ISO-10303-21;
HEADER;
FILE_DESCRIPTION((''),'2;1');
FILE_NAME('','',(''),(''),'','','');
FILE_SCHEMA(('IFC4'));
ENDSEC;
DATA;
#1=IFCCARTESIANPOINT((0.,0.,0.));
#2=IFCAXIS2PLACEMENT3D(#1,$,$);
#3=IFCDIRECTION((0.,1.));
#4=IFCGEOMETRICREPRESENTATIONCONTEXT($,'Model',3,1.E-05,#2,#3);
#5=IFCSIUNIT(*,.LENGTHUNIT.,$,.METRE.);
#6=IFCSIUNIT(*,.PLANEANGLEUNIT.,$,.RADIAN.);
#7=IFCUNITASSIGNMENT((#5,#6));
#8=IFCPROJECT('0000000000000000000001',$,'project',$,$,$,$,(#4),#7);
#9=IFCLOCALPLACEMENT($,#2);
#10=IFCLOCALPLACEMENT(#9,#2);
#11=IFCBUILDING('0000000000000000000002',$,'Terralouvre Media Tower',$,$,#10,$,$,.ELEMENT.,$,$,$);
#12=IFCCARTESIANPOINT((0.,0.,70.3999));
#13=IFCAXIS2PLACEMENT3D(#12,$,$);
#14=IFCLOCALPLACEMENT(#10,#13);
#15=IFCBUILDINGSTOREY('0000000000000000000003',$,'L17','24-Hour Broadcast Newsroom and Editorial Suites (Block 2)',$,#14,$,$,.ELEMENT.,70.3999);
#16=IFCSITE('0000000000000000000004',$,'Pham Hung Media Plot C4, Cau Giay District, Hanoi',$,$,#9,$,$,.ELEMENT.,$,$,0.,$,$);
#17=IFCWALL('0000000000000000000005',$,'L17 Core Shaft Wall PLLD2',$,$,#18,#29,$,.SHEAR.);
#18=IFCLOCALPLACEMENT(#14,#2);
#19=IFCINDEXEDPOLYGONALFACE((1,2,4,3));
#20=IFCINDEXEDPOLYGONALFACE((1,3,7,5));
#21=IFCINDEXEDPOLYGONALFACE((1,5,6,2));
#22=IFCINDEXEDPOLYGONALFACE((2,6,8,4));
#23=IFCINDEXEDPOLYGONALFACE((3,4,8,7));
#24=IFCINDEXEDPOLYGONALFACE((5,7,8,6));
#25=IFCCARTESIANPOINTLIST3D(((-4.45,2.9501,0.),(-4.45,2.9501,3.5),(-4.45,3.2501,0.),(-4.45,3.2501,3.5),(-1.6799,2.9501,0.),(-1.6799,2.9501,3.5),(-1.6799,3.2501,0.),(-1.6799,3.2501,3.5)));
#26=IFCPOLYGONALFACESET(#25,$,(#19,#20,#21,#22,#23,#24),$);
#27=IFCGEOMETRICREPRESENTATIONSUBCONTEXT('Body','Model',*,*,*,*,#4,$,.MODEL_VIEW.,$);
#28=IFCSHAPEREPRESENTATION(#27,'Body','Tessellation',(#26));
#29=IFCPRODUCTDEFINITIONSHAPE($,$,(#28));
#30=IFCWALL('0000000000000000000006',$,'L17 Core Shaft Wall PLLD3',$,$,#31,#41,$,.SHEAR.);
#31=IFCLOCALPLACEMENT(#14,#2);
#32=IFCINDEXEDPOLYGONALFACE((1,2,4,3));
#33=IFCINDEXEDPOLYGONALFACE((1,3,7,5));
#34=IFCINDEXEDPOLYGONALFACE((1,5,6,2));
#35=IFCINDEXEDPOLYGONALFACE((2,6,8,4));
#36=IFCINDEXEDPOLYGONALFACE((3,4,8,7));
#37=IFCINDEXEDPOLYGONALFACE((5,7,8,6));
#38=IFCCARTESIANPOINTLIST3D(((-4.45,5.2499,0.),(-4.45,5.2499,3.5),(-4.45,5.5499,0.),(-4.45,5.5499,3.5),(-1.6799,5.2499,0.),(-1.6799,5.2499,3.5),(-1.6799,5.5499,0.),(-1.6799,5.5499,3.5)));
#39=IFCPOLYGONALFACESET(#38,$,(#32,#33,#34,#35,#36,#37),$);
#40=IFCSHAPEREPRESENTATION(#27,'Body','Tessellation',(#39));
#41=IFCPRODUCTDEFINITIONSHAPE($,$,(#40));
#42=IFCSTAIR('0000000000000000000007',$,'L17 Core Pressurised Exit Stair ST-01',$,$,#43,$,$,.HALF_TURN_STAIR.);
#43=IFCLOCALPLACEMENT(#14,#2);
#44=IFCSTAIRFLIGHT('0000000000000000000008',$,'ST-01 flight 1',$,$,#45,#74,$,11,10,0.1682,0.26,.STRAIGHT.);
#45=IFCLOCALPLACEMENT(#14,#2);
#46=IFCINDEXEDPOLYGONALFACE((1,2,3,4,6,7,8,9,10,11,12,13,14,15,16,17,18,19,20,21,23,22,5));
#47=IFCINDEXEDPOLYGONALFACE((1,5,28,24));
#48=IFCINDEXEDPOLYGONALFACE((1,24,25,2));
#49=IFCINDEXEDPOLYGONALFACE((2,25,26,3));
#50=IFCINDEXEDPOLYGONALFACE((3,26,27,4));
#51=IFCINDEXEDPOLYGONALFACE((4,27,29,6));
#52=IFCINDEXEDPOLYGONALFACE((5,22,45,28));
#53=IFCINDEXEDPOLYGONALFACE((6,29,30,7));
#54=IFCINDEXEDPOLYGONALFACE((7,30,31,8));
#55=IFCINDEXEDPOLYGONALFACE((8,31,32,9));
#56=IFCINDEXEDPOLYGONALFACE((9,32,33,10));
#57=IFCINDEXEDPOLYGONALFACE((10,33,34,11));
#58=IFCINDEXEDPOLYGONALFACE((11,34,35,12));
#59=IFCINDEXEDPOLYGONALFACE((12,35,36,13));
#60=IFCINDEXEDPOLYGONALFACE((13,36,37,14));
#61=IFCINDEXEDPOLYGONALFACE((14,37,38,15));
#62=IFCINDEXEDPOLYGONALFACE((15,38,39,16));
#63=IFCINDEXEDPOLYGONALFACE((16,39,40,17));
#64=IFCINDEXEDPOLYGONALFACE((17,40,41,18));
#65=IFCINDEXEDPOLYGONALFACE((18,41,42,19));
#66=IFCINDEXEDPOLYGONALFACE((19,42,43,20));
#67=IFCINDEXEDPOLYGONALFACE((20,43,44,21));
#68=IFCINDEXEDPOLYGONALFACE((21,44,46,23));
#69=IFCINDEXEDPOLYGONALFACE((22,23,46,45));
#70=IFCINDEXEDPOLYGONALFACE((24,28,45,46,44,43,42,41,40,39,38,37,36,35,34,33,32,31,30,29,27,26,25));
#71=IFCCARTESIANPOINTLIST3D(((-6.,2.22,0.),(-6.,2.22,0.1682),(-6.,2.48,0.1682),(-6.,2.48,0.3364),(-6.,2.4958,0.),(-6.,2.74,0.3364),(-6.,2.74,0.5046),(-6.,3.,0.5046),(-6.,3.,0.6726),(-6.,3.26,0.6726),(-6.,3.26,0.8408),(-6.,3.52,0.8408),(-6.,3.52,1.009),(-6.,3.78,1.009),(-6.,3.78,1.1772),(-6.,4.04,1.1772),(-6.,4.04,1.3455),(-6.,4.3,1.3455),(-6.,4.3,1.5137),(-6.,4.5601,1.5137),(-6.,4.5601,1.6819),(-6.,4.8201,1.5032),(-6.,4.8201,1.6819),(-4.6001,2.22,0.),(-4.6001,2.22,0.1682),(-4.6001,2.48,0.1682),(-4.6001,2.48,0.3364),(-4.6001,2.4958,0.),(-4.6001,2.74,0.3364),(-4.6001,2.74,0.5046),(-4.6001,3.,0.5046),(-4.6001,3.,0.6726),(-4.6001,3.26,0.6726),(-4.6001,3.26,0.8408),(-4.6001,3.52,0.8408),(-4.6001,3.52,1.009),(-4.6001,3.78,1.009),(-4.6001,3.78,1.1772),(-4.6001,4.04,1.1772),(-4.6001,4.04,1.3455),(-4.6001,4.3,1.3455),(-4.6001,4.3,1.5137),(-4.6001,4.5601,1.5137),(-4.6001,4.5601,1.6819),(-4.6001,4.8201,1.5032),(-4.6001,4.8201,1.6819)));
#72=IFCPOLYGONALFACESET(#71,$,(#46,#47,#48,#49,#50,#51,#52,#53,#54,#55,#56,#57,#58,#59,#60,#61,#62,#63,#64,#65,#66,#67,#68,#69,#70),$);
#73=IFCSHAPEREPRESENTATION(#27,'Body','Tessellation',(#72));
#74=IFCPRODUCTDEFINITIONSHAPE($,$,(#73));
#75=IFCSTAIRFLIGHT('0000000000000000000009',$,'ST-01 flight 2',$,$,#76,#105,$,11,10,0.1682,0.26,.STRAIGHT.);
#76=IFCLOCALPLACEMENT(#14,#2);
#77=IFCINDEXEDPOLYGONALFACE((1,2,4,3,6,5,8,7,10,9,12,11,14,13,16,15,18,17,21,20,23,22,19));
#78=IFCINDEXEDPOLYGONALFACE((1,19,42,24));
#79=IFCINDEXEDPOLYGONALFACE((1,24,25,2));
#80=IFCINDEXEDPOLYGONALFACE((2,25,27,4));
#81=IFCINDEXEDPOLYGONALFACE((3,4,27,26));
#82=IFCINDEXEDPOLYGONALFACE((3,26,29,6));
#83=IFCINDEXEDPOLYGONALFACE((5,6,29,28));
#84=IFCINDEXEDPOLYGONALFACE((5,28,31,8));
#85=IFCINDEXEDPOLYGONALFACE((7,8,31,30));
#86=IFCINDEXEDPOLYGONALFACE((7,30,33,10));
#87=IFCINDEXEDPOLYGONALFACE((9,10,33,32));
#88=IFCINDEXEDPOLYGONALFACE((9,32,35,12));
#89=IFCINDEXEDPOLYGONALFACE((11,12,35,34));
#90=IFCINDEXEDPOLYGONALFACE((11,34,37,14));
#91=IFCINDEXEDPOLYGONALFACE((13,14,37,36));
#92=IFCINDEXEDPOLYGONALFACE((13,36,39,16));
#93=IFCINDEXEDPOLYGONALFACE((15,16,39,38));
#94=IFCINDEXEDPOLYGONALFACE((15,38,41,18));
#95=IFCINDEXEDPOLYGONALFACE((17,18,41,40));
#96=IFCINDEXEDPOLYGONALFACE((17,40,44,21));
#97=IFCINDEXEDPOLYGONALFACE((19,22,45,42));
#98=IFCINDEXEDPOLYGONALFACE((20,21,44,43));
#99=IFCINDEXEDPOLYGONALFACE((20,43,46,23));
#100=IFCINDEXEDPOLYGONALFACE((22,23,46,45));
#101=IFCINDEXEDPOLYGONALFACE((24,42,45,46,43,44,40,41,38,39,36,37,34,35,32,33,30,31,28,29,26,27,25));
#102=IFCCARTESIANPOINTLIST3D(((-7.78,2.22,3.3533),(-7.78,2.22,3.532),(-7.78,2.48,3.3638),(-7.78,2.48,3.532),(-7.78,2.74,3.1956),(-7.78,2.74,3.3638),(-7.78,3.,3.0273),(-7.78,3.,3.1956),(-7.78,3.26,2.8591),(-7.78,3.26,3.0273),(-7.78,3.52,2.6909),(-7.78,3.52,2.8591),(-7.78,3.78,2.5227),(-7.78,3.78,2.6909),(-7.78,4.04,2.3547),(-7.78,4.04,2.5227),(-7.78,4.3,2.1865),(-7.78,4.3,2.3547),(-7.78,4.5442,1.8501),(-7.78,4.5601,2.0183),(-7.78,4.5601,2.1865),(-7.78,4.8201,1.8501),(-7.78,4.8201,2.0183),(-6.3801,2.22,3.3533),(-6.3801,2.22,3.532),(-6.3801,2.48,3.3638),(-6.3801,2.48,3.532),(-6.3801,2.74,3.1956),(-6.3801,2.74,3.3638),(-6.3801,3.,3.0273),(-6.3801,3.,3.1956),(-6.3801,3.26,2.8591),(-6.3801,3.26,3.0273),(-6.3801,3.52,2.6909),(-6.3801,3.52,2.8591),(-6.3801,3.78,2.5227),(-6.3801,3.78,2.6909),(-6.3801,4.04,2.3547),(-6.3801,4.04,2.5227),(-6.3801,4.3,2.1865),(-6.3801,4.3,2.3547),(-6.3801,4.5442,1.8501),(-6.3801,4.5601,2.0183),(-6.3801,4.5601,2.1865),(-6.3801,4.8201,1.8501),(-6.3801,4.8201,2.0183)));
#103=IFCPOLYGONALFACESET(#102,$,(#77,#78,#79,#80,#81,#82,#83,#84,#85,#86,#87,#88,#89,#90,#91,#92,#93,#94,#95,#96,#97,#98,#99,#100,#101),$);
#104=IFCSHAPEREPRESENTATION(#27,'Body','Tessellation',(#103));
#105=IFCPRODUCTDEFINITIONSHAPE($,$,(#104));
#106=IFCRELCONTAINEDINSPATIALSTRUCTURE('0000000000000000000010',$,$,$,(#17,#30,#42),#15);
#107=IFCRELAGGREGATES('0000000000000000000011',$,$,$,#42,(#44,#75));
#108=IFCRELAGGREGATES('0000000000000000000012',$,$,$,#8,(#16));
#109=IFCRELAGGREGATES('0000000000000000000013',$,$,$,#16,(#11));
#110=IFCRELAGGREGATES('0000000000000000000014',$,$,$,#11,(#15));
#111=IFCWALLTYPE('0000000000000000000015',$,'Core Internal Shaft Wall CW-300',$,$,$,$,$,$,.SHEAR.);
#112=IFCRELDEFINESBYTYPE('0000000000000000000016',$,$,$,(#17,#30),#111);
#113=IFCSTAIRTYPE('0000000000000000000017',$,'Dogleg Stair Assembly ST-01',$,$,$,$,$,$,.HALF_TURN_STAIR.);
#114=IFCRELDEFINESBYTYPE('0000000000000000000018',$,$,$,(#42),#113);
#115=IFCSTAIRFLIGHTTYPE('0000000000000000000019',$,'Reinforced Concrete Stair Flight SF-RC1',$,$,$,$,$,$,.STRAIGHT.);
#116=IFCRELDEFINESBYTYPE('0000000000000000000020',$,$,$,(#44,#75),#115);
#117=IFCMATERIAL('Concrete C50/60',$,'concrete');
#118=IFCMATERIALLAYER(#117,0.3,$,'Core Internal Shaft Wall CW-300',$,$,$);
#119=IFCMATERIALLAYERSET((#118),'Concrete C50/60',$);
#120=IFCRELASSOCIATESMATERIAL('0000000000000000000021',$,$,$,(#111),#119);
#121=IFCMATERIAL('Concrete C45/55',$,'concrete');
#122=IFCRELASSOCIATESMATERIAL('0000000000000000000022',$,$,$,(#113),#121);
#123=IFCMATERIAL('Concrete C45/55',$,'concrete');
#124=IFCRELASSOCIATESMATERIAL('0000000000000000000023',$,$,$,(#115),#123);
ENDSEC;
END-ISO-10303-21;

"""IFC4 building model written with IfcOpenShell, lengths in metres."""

from ifc_helpers import new_model, si_unit, direction, frame, frame_2d, origin, place, context, subcontext, project, spatial, polyline, rectangle, outline, extrude, material, layer, layer_set, type_object, element, aggregate, save


model = new_model("IFC4")

# Units and contexts
model_context = context("Model", 3, precision=1e-05, world=origin(), true_north=direction((0.0, 1.0)))
body_context = subcontext(model_context, "Body", "Model", "MODEL_VIEW")
ifc_project = project(units=[si_unit("LENGTHUNIT", "METRE"), si_unit("PLANEANGLEUNIT", "RADIAN")], contexts=[model_context])

# Site, building, storey
site_placement = place(None, origin())
site = spatial("IfcSite", under=ifc_project, at=site_placement, Name="Pham Hung Media Plot C4, Cau Giay District, Hanoi", CompositionType="ELEMENT", RefElevation=0.0)
building_placement = place(site_placement, origin())
building = spatial("IfcBuilding", under=site, at=building_placement, Name="Terralouvre Media Tower", CompositionType="ELEMENT")
storey_placement = place(building_placement, frame((0.0, 0.0, 70.3999)))
storey = spatial("IfcBuildingStorey", under=building, at=storey_placement, Name="L17", Description="24-Hour Broadcast Newsroom and Editorial Suites (Block 2)", CompositionType="ELEMENT", Elevation=70.3999)

# Shared definitions
ifc_material_1 = material(Name="Concrete C50/60", Category="concrete")
ifc_layer_1 = layer(ifc_material_1, 0.3, Name="Core Internal Shaft Wall CW-300")
ifc_layer_set_1 = layer_set([ifc_layer_1], Name="Concrete C50/60")
wall_type_1 = type_object("IfcWallType", Name="Core Internal Shaft Wall CW-300", PredefinedType="SHEAR", material=ifc_layer_set_1)

# Walls
for number, where, z_axis, x_axis, name in (
    (1, (-4.45, 3.1001, 0.0), (0.0, 0.0, 1.0), (1.0, 0.0, 0.0), "L17 Core Shaft Wall PLLD2"),
    (2, (-4.45, 5.3999, 0.0), (0.0, 0.0, 1.0), (1.0, 0.0, 0.0), "L17 Core Shaft Wall PLLD3"),
):
    element("IfcWall", number, at=place(storey_placement, frame(where, z_axis=z_axis, x_axis=x_axis)), inside=storey, type_object=wall_type_1, Name=name, PredefinedType="SHEAR", context=body_context, shape_type="SweptSolid", body=[
        extrude(rectangle(XDim=2.77, YDim=0.3, at=frame_2d((1.385, 0.0))), origin(), (0.0, 0.0, 1.0), 3.5),
    ])

# Stair, stair flights
ifc_material_2 = material(Name="Concrete C45/55", Category="concrete")
stair_type = type_object("IfcStairType", Name="Dogleg Stair Assembly ST-01", PredefinedType="HALF_TURN_STAIR", material=ifc_material_2)
stair_placement = place(storey_placement, origin())
stair = element("IfcStair", 3, at=stair_placement, inside=storey, type_object=stair_type, Name="L17 Core Pressurised Exit Stair ST-01", PredefinedType="HALF_TURN_STAIR")
ifc_material_3 = material(Name="Concrete C45/55", Category="concrete")
stair_flight_type = type_object("IfcStairFlightType", Name="Reinforced Concrete Stair Flight SF-RC1", PredefinedType="STRAIGHT", material=ifc_material_3)
stair_flight_1_placement = place(storey_placement, frame((-5.3, 2.22, 0.0), z_axis=(0.0, 0.0, 1.0), x_axis=(0.0, 1.0, 0.0)))
stair_flight_1 = element("IfcStairFlight", 4, at=stair_flight_1_placement, type_object=stair_flight_type, Name="ST-01 flight 1", NumberOfRisers=11, NumberOfTreads=10, PredefinedType="STRAIGHT", RiserHeight=0.1682, TreadLength=0.26, context=body_context, shape_type="SweptSolid", body=[
    extrude(outline(polyline([(0.0, 0.0), (0.0, 0.1682), (0.26, 0.1682), (0.26, 0.3364), (0.52, 0.3364), (0.52, 0.5046), (0.78, 0.5046), (0.78, 0.6726), (1.04, 0.6726), (1.04, 0.8408), (1.3, 0.8408), (1.3, 1.009), (1.5601, 1.009), (1.5601, 1.1772), (1.8201, 1.1772), (1.8201, 1.3455), (2.0801, 1.3455), (2.0801, 1.5137), (2.3401, 1.5137), (2.3401, 1.6819), (2.6001, 1.6819), (2.6001, 1.8501), (2.6001, 1.5032), (0.2759, 0.0), (0.0, 0.0)])), frame((0.0, 0.7, 0.0), z_axis=(0.0, -1.0, 0.0), x_axis=(1.0, 0.0, 0.0)), (0.0, 0.0, 1.0), 1.3999),
])
stair_flight_2_placement = place(storey_placement, frame((-7.0801, 4.8201, 1.8501), z_axis=(0.0, 0.0, 1.0), x_axis=(0.0, -1.0, 0.0)))
stair_flight_2 = element("IfcStairFlight", 5, at=stair_flight_2_placement, type_object=stair_flight_type, Name="ST-01 flight 2", NumberOfRisers=11, NumberOfTreads=10, PredefinedType="STRAIGHT", RiserHeight=0.1682, TreadLength=0.26, context=body_context, shape_type="SweptSolid", body=[
    extrude(outline(polyline([(0.0, 0.0), (0.0, 0.1682), (0.26, 0.1682), (0.26, 0.3364), (0.52, 0.3364), (0.52, 0.5046), (0.78, 0.5046), (0.78, 0.6726), (1.04, 0.6726), (1.04, 0.8408), (1.3, 0.8408), (1.3, 1.009), (1.5601, 1.009), (1.5601, 1.1772), (1.8201, 1.1772), (1.8201, 1.3455), (2.0801, 1.3455), (2.0801, 1.5137), (2.3401, 1.5137), (2.3401, 1.6819), (2.6001, 1.6819), (2.6001, 1.8501), (2.6001, 1.5032), (0.2759, 0.0), (0.0, 0.0)])), frame((0.0, 0.7, 0.0), z_axis=(0.0, -1.0, 0.0), x_axis=(1.0, 0.0, 0.0)), (0.0, 0.0, 1.0), 1.3999),
])
aggregate(stair, [stair_flight_1, stair_flight_2])

save(model, "model.ifc")
